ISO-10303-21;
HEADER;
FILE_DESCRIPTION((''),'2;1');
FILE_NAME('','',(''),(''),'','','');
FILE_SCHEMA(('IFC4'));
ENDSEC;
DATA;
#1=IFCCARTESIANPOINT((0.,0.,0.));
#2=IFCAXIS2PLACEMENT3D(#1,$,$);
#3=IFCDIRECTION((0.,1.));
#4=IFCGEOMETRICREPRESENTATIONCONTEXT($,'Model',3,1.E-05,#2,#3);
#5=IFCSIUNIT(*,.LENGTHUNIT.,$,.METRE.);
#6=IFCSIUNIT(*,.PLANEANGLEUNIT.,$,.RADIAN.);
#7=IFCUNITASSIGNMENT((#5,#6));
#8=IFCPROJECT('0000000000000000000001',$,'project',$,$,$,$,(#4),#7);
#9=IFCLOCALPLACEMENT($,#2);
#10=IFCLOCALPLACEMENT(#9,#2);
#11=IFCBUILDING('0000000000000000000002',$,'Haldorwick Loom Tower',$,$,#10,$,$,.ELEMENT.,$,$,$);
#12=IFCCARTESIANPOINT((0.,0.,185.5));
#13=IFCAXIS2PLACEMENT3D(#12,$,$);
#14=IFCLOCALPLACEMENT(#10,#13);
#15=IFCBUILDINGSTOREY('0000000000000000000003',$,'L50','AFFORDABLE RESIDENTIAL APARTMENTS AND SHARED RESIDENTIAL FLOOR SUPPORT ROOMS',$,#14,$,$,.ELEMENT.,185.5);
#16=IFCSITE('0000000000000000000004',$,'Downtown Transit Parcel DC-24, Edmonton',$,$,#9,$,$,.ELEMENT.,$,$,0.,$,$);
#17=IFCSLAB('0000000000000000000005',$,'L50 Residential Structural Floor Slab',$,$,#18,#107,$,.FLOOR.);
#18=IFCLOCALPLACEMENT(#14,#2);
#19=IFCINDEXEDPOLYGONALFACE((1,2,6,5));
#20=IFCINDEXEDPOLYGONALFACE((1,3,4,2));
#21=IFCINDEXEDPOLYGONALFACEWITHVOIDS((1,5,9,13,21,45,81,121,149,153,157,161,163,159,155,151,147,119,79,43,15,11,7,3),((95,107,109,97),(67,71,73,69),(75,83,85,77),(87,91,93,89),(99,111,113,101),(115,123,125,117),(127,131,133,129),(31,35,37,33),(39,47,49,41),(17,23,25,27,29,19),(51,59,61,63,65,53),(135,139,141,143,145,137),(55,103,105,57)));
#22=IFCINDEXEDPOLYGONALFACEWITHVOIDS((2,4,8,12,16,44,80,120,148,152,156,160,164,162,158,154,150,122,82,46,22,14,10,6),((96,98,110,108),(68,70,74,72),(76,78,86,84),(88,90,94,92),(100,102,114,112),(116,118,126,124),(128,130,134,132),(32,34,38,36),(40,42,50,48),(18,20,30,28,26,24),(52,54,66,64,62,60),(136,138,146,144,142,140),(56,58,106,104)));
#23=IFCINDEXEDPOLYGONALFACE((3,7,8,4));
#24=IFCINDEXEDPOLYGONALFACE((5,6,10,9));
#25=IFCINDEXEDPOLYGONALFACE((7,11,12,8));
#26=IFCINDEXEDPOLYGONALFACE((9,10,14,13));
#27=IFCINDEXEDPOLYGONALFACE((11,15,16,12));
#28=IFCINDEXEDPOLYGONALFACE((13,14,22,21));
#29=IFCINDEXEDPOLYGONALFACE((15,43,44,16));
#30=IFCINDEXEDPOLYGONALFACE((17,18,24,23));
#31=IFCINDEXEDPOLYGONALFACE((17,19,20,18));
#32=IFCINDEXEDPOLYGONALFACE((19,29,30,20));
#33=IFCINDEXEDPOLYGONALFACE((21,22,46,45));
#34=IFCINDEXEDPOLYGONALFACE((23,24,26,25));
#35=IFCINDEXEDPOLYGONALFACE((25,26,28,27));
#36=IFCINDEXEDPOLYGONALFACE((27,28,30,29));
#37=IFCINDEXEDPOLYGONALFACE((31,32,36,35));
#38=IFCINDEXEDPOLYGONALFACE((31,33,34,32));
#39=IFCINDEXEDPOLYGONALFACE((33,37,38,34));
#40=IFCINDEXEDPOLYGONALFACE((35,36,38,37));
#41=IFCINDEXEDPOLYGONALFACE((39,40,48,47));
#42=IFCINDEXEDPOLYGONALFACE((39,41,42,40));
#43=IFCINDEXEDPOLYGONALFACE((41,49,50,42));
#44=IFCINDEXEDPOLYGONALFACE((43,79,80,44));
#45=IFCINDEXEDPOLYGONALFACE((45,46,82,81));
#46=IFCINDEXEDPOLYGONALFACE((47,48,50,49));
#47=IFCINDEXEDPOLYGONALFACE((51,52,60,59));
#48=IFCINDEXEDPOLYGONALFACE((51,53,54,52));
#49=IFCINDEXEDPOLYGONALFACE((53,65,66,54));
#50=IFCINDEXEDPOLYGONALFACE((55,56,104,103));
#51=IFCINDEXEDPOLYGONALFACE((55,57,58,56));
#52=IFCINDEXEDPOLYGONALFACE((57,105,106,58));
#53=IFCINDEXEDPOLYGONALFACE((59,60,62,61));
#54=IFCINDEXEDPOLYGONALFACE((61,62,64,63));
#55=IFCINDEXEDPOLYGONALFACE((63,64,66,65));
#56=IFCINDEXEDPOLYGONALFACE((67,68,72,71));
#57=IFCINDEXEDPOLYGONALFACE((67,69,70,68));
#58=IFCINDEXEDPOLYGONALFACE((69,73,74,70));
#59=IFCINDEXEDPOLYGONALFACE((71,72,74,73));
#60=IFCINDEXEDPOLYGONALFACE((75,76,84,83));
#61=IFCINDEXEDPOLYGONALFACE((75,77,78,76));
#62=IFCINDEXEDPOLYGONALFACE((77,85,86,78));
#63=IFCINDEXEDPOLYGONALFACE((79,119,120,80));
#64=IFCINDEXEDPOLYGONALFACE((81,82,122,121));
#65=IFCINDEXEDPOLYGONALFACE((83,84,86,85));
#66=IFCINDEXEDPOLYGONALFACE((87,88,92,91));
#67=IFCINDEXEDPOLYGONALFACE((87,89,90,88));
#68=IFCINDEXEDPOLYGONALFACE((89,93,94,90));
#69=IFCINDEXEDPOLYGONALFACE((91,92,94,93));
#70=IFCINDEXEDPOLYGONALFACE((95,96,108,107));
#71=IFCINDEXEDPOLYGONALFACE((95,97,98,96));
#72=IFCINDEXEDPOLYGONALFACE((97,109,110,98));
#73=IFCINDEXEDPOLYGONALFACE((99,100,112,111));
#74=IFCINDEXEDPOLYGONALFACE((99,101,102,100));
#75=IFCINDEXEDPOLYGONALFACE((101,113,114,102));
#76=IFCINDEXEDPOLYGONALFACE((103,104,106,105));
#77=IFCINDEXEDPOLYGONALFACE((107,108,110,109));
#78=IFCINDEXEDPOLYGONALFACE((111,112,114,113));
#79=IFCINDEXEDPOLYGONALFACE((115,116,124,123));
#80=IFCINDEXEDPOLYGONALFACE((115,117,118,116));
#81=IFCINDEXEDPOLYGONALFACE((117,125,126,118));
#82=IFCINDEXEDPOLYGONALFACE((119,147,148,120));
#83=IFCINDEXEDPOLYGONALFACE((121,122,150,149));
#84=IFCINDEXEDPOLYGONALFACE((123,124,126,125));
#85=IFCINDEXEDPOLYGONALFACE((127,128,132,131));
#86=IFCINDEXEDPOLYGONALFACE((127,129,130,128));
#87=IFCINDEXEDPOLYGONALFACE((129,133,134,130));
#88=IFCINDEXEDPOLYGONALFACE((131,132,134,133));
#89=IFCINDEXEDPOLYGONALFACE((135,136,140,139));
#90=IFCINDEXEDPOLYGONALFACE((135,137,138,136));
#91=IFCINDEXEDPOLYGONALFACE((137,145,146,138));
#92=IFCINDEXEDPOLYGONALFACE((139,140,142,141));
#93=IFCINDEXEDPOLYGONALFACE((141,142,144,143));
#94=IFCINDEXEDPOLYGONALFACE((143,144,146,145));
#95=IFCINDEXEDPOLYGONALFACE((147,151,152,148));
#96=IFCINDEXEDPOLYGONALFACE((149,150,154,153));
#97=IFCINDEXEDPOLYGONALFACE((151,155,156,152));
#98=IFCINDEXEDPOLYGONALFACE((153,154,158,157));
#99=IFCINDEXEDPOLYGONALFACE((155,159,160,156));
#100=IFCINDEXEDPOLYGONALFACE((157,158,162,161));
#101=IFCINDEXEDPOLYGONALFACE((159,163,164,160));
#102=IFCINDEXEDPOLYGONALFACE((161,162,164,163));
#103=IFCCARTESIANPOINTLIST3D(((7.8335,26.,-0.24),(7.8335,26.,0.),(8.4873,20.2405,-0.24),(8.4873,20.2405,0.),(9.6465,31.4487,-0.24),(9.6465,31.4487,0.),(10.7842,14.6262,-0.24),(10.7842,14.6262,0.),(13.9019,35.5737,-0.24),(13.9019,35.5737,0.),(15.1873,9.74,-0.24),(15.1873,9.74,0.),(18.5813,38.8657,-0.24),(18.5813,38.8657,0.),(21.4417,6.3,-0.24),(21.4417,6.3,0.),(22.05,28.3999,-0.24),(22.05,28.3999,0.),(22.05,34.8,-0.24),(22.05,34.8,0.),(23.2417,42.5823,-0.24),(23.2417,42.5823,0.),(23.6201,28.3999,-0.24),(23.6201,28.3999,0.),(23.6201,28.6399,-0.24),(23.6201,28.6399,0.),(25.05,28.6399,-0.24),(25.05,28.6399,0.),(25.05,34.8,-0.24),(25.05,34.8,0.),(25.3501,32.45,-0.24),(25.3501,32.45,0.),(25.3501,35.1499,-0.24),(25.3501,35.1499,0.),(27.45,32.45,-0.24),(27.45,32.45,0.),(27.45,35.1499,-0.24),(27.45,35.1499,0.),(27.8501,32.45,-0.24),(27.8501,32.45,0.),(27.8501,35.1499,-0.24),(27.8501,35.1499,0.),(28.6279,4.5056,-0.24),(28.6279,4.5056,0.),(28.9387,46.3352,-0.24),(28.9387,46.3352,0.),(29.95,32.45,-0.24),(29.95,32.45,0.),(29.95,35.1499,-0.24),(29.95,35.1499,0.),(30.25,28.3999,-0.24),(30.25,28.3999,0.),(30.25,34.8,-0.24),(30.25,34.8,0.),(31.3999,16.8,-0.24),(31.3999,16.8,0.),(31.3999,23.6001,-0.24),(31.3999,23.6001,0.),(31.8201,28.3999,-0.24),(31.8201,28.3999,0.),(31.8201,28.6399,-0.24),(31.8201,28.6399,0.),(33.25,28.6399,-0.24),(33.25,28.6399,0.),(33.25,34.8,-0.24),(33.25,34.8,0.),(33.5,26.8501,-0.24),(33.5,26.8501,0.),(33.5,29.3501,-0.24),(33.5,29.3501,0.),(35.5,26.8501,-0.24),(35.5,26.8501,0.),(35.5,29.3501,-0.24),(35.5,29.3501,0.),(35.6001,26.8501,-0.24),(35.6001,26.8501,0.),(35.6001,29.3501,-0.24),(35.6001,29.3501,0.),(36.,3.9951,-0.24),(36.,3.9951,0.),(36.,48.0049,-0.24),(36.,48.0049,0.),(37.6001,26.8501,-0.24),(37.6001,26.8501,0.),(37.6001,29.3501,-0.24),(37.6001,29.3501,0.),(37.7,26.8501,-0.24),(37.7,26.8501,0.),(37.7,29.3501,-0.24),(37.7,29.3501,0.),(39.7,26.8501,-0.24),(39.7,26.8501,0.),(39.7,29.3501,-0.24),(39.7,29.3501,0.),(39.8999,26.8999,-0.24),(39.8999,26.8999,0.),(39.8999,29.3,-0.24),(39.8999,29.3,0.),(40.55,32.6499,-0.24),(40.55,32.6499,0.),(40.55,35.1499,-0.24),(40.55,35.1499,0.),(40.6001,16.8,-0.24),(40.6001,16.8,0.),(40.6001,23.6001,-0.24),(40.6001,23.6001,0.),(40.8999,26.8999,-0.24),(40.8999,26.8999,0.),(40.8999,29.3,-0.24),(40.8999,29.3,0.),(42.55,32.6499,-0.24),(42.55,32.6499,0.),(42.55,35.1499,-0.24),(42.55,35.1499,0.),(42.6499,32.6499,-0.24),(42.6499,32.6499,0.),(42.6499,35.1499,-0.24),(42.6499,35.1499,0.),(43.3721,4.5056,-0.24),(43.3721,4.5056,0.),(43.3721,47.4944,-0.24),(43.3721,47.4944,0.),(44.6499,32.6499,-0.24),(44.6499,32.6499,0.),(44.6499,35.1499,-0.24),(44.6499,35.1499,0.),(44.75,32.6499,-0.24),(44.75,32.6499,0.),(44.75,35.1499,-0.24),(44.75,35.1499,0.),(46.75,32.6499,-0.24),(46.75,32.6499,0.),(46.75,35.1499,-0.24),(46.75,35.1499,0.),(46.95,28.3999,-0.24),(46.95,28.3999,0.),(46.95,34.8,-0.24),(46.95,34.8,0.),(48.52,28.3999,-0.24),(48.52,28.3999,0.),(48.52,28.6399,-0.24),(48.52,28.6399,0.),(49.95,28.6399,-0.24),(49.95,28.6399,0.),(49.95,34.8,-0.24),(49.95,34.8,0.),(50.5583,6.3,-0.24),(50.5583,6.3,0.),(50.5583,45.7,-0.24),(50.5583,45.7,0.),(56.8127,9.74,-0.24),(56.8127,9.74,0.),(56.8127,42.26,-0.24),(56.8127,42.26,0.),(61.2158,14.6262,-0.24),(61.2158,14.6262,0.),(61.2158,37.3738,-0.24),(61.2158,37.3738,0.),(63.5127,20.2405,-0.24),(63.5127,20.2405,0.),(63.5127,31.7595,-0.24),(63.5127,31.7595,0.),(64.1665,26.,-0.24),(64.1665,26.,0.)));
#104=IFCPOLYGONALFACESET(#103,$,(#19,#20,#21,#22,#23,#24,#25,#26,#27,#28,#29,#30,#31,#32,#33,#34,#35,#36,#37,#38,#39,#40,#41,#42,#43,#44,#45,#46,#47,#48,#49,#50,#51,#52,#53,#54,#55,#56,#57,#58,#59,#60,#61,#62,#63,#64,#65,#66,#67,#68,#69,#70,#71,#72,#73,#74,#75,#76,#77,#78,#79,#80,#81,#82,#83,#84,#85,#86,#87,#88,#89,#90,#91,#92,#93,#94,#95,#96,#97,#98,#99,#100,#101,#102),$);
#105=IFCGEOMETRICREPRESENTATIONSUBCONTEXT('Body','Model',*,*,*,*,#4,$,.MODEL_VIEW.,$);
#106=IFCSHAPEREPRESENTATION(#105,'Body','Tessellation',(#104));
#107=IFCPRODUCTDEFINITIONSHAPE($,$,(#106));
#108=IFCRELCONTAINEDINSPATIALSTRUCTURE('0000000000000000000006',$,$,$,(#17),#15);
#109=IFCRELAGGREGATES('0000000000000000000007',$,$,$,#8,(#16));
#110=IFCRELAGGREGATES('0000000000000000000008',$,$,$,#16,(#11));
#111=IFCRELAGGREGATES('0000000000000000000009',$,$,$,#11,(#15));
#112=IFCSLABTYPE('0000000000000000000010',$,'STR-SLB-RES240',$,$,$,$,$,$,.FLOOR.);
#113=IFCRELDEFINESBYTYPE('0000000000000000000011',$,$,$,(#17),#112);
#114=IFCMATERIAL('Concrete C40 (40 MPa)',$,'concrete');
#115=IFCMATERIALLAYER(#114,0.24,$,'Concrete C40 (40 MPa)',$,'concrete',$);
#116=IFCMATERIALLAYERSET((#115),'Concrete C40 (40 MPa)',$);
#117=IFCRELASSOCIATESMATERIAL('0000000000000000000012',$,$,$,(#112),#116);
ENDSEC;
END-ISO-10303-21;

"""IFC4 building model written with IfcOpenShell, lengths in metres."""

from ifc_helpers import new_model, si_unit, direction, frame, origin, place, context, subcontext, project, spatial, polyline, outline, extrude, material, layer, layer_set, type_object, element, save


model = new_model("IFC4")

# Units and contexts
model_context = context("Model", 3, precision=1e-05, world=origin(), true_north=direction((0.0, 1.0)))
body_context = subcontext(model_context, "Body", "Model", "MODEL_VIEW")
ifc_project = project(units=[si_unit("LENGTHUNIT", "METRE"), si_unit("PLANEANGLEUNIT", "RADIAN")], contexts=[model_context])

# Site, building, storey
site_placement = place(None, origin())
site = spatial("IfcSite", under=ifc_project, at=site_placement, Name="Downtown Transit Parcel DC-24, Edmonton", CompositionType="ELEMENT", RefElevation=0.0)
building_placement = place(site_placement, origin())
building = spatial("IfcBuilding", under=site, at=building_placement, Name="Haldorwick Loom Tower", CompositionType="ELEMENT")
storey_placement = place(building_placement, frame((0.0, 0.0, 185.5)))
storey = spatial("IfcBuildingStorey", under=building, at=storey_placement, Name="L50", Description="AFFORDABLE RESIDENTIAL APARTMENTS AND SHARED RESIDENTIAL FLOOR SUPPORT ROOMS", CompositionType="ELEMENT", Elevation=185.5)

# Shared definitions
ifc_material_1 = material(Name="Concrete C40 (40 MPa)", Category="concrete")

# Slab
ifc_layer_1 = layer(ifc_material_1, 0.24, Name="Concrete C40 (40 MPa)", Category="concrete")
ifc_layer_set_1 = layer_set([ifc_layer_1], Name="Concrete C40 (40 MPa)")
slab_type_1 = type_object("IfcSlabType", Name="STR-SLB-RES240", PredefinedType="FLOOR", material=ifc_layer_set_1)
slab_1_placement = place(storey_placement, frame((0.0, 0.0, -0.24)))
element("IfcSlab", 1, at=slab_1_placement, inside=storey, type_object=slab_type_1, Name="L50 Residential Structural Floor Slab", PredefinedType="FLOOR", context=body_context, shape_type="SweptSolid", body=[
    extrude(outline(polyline([(56.8127, 9.74), (61.2158, 14.6262), (63.5127, 20.2405), (64.1665, 26.0), (63.5127, 31.7595), (61.2158, 37.3738), (56.8127, 42.26), (50.5583, 45.7), (43.3721, 47.4944), (36.0, 48.0049), (28.9387, 46.3352), (23.2417, 42.5823), (18.5813, 38.8657), (13.9019, 35.5737), (9.6465, 31.4487), (7.8335, 26.0), (8.4873, 20.2405), (10.7842, 14.6262), (15.1873, 9.74), (21.4417, 6.3), (28.6279, 4.5056), (36.0, 3.9951), (43.3721, 4.5056), (50.5583, 6.3), (56.8127, 9.74)]), holes=[polyline([(31.3999, 16.8), (31.3999, 23.6001), (40.6001, 23.6001), (40.6001, 16.8), (31.3999, 16.8)]), polyline([(33.5, 26.8501), (33.5, 29.3501), (35.5, 29.3501), (35.5, 26.8501), (33.5, 26.8501)]), polyline([(35.6001, 26.8501), (35.6001, 29.3501), (37.6001, 29.3501), (37.6001, 26.8501), (35.6001, 26.8501)]), polyline([(23.6201, 28.3999), (22.05, 28.3999), (22.05, 34.8), (25.05, 34.8), (25.05, 28.6399), (23.6201, 28.6399), (23.6201, 28.3999)]), polyline([(30.25, 28.3999), (30.25, 34.8), (33.25, 34.8), (33.25, 28.6399), (31.8201, 28.6399), (31.8201, 28.3999), (30.25, 28.3999)]), polyline([(25.3501, 32.45), (25.3501, 35.1499), (27.45, 35.1499), (27.45, 32.45), (25.3501, 32.45)]), polyline([(29.95, 32.45), (27.8501, 32.45), (27.8501, 35.1499), (29.95, 35.1499), (29.95, 32.45)]), polyline([(37.7, 26.8501), (37.7, 29.3501), (39.7, 29.3501), (39.7, 26.8501), (37.7, 26.8501)]), polyline([(39.8999, 26.8999), (39.8999, 29.3), (40.8999, 29.3), (40.8999, 26.8999), (39.8999, 26.8999)]), polyline([(46.95, 28.3999), (46.95, 34.8), (49.95, 34.8), (49.95, 28.6399), (48.52, 28.6399), (48.52, 28.3999), (46.95, 28.3999)]), polyline([(40.55, 32.6499), (40.55, 35.1499), (42.55, 35.1499), (42.55, 32.6499), (40.55, 32.6499)]), polyline([(42.6499, 32.6499), (42.6499, 35.1499), (44.6499, 35.1499), (44.6499, 32.6499), (42.6499, 32.6499)]), polyline([(44.75, 32.6499), (44.75, 35.1499), (46.75, 35.1499), (46.75, 32.6499), (44.75, 32.6499)])]), origin(), (0.0, 0.0, 1.0), 0.24),
])

save(model, "model.ifc")
